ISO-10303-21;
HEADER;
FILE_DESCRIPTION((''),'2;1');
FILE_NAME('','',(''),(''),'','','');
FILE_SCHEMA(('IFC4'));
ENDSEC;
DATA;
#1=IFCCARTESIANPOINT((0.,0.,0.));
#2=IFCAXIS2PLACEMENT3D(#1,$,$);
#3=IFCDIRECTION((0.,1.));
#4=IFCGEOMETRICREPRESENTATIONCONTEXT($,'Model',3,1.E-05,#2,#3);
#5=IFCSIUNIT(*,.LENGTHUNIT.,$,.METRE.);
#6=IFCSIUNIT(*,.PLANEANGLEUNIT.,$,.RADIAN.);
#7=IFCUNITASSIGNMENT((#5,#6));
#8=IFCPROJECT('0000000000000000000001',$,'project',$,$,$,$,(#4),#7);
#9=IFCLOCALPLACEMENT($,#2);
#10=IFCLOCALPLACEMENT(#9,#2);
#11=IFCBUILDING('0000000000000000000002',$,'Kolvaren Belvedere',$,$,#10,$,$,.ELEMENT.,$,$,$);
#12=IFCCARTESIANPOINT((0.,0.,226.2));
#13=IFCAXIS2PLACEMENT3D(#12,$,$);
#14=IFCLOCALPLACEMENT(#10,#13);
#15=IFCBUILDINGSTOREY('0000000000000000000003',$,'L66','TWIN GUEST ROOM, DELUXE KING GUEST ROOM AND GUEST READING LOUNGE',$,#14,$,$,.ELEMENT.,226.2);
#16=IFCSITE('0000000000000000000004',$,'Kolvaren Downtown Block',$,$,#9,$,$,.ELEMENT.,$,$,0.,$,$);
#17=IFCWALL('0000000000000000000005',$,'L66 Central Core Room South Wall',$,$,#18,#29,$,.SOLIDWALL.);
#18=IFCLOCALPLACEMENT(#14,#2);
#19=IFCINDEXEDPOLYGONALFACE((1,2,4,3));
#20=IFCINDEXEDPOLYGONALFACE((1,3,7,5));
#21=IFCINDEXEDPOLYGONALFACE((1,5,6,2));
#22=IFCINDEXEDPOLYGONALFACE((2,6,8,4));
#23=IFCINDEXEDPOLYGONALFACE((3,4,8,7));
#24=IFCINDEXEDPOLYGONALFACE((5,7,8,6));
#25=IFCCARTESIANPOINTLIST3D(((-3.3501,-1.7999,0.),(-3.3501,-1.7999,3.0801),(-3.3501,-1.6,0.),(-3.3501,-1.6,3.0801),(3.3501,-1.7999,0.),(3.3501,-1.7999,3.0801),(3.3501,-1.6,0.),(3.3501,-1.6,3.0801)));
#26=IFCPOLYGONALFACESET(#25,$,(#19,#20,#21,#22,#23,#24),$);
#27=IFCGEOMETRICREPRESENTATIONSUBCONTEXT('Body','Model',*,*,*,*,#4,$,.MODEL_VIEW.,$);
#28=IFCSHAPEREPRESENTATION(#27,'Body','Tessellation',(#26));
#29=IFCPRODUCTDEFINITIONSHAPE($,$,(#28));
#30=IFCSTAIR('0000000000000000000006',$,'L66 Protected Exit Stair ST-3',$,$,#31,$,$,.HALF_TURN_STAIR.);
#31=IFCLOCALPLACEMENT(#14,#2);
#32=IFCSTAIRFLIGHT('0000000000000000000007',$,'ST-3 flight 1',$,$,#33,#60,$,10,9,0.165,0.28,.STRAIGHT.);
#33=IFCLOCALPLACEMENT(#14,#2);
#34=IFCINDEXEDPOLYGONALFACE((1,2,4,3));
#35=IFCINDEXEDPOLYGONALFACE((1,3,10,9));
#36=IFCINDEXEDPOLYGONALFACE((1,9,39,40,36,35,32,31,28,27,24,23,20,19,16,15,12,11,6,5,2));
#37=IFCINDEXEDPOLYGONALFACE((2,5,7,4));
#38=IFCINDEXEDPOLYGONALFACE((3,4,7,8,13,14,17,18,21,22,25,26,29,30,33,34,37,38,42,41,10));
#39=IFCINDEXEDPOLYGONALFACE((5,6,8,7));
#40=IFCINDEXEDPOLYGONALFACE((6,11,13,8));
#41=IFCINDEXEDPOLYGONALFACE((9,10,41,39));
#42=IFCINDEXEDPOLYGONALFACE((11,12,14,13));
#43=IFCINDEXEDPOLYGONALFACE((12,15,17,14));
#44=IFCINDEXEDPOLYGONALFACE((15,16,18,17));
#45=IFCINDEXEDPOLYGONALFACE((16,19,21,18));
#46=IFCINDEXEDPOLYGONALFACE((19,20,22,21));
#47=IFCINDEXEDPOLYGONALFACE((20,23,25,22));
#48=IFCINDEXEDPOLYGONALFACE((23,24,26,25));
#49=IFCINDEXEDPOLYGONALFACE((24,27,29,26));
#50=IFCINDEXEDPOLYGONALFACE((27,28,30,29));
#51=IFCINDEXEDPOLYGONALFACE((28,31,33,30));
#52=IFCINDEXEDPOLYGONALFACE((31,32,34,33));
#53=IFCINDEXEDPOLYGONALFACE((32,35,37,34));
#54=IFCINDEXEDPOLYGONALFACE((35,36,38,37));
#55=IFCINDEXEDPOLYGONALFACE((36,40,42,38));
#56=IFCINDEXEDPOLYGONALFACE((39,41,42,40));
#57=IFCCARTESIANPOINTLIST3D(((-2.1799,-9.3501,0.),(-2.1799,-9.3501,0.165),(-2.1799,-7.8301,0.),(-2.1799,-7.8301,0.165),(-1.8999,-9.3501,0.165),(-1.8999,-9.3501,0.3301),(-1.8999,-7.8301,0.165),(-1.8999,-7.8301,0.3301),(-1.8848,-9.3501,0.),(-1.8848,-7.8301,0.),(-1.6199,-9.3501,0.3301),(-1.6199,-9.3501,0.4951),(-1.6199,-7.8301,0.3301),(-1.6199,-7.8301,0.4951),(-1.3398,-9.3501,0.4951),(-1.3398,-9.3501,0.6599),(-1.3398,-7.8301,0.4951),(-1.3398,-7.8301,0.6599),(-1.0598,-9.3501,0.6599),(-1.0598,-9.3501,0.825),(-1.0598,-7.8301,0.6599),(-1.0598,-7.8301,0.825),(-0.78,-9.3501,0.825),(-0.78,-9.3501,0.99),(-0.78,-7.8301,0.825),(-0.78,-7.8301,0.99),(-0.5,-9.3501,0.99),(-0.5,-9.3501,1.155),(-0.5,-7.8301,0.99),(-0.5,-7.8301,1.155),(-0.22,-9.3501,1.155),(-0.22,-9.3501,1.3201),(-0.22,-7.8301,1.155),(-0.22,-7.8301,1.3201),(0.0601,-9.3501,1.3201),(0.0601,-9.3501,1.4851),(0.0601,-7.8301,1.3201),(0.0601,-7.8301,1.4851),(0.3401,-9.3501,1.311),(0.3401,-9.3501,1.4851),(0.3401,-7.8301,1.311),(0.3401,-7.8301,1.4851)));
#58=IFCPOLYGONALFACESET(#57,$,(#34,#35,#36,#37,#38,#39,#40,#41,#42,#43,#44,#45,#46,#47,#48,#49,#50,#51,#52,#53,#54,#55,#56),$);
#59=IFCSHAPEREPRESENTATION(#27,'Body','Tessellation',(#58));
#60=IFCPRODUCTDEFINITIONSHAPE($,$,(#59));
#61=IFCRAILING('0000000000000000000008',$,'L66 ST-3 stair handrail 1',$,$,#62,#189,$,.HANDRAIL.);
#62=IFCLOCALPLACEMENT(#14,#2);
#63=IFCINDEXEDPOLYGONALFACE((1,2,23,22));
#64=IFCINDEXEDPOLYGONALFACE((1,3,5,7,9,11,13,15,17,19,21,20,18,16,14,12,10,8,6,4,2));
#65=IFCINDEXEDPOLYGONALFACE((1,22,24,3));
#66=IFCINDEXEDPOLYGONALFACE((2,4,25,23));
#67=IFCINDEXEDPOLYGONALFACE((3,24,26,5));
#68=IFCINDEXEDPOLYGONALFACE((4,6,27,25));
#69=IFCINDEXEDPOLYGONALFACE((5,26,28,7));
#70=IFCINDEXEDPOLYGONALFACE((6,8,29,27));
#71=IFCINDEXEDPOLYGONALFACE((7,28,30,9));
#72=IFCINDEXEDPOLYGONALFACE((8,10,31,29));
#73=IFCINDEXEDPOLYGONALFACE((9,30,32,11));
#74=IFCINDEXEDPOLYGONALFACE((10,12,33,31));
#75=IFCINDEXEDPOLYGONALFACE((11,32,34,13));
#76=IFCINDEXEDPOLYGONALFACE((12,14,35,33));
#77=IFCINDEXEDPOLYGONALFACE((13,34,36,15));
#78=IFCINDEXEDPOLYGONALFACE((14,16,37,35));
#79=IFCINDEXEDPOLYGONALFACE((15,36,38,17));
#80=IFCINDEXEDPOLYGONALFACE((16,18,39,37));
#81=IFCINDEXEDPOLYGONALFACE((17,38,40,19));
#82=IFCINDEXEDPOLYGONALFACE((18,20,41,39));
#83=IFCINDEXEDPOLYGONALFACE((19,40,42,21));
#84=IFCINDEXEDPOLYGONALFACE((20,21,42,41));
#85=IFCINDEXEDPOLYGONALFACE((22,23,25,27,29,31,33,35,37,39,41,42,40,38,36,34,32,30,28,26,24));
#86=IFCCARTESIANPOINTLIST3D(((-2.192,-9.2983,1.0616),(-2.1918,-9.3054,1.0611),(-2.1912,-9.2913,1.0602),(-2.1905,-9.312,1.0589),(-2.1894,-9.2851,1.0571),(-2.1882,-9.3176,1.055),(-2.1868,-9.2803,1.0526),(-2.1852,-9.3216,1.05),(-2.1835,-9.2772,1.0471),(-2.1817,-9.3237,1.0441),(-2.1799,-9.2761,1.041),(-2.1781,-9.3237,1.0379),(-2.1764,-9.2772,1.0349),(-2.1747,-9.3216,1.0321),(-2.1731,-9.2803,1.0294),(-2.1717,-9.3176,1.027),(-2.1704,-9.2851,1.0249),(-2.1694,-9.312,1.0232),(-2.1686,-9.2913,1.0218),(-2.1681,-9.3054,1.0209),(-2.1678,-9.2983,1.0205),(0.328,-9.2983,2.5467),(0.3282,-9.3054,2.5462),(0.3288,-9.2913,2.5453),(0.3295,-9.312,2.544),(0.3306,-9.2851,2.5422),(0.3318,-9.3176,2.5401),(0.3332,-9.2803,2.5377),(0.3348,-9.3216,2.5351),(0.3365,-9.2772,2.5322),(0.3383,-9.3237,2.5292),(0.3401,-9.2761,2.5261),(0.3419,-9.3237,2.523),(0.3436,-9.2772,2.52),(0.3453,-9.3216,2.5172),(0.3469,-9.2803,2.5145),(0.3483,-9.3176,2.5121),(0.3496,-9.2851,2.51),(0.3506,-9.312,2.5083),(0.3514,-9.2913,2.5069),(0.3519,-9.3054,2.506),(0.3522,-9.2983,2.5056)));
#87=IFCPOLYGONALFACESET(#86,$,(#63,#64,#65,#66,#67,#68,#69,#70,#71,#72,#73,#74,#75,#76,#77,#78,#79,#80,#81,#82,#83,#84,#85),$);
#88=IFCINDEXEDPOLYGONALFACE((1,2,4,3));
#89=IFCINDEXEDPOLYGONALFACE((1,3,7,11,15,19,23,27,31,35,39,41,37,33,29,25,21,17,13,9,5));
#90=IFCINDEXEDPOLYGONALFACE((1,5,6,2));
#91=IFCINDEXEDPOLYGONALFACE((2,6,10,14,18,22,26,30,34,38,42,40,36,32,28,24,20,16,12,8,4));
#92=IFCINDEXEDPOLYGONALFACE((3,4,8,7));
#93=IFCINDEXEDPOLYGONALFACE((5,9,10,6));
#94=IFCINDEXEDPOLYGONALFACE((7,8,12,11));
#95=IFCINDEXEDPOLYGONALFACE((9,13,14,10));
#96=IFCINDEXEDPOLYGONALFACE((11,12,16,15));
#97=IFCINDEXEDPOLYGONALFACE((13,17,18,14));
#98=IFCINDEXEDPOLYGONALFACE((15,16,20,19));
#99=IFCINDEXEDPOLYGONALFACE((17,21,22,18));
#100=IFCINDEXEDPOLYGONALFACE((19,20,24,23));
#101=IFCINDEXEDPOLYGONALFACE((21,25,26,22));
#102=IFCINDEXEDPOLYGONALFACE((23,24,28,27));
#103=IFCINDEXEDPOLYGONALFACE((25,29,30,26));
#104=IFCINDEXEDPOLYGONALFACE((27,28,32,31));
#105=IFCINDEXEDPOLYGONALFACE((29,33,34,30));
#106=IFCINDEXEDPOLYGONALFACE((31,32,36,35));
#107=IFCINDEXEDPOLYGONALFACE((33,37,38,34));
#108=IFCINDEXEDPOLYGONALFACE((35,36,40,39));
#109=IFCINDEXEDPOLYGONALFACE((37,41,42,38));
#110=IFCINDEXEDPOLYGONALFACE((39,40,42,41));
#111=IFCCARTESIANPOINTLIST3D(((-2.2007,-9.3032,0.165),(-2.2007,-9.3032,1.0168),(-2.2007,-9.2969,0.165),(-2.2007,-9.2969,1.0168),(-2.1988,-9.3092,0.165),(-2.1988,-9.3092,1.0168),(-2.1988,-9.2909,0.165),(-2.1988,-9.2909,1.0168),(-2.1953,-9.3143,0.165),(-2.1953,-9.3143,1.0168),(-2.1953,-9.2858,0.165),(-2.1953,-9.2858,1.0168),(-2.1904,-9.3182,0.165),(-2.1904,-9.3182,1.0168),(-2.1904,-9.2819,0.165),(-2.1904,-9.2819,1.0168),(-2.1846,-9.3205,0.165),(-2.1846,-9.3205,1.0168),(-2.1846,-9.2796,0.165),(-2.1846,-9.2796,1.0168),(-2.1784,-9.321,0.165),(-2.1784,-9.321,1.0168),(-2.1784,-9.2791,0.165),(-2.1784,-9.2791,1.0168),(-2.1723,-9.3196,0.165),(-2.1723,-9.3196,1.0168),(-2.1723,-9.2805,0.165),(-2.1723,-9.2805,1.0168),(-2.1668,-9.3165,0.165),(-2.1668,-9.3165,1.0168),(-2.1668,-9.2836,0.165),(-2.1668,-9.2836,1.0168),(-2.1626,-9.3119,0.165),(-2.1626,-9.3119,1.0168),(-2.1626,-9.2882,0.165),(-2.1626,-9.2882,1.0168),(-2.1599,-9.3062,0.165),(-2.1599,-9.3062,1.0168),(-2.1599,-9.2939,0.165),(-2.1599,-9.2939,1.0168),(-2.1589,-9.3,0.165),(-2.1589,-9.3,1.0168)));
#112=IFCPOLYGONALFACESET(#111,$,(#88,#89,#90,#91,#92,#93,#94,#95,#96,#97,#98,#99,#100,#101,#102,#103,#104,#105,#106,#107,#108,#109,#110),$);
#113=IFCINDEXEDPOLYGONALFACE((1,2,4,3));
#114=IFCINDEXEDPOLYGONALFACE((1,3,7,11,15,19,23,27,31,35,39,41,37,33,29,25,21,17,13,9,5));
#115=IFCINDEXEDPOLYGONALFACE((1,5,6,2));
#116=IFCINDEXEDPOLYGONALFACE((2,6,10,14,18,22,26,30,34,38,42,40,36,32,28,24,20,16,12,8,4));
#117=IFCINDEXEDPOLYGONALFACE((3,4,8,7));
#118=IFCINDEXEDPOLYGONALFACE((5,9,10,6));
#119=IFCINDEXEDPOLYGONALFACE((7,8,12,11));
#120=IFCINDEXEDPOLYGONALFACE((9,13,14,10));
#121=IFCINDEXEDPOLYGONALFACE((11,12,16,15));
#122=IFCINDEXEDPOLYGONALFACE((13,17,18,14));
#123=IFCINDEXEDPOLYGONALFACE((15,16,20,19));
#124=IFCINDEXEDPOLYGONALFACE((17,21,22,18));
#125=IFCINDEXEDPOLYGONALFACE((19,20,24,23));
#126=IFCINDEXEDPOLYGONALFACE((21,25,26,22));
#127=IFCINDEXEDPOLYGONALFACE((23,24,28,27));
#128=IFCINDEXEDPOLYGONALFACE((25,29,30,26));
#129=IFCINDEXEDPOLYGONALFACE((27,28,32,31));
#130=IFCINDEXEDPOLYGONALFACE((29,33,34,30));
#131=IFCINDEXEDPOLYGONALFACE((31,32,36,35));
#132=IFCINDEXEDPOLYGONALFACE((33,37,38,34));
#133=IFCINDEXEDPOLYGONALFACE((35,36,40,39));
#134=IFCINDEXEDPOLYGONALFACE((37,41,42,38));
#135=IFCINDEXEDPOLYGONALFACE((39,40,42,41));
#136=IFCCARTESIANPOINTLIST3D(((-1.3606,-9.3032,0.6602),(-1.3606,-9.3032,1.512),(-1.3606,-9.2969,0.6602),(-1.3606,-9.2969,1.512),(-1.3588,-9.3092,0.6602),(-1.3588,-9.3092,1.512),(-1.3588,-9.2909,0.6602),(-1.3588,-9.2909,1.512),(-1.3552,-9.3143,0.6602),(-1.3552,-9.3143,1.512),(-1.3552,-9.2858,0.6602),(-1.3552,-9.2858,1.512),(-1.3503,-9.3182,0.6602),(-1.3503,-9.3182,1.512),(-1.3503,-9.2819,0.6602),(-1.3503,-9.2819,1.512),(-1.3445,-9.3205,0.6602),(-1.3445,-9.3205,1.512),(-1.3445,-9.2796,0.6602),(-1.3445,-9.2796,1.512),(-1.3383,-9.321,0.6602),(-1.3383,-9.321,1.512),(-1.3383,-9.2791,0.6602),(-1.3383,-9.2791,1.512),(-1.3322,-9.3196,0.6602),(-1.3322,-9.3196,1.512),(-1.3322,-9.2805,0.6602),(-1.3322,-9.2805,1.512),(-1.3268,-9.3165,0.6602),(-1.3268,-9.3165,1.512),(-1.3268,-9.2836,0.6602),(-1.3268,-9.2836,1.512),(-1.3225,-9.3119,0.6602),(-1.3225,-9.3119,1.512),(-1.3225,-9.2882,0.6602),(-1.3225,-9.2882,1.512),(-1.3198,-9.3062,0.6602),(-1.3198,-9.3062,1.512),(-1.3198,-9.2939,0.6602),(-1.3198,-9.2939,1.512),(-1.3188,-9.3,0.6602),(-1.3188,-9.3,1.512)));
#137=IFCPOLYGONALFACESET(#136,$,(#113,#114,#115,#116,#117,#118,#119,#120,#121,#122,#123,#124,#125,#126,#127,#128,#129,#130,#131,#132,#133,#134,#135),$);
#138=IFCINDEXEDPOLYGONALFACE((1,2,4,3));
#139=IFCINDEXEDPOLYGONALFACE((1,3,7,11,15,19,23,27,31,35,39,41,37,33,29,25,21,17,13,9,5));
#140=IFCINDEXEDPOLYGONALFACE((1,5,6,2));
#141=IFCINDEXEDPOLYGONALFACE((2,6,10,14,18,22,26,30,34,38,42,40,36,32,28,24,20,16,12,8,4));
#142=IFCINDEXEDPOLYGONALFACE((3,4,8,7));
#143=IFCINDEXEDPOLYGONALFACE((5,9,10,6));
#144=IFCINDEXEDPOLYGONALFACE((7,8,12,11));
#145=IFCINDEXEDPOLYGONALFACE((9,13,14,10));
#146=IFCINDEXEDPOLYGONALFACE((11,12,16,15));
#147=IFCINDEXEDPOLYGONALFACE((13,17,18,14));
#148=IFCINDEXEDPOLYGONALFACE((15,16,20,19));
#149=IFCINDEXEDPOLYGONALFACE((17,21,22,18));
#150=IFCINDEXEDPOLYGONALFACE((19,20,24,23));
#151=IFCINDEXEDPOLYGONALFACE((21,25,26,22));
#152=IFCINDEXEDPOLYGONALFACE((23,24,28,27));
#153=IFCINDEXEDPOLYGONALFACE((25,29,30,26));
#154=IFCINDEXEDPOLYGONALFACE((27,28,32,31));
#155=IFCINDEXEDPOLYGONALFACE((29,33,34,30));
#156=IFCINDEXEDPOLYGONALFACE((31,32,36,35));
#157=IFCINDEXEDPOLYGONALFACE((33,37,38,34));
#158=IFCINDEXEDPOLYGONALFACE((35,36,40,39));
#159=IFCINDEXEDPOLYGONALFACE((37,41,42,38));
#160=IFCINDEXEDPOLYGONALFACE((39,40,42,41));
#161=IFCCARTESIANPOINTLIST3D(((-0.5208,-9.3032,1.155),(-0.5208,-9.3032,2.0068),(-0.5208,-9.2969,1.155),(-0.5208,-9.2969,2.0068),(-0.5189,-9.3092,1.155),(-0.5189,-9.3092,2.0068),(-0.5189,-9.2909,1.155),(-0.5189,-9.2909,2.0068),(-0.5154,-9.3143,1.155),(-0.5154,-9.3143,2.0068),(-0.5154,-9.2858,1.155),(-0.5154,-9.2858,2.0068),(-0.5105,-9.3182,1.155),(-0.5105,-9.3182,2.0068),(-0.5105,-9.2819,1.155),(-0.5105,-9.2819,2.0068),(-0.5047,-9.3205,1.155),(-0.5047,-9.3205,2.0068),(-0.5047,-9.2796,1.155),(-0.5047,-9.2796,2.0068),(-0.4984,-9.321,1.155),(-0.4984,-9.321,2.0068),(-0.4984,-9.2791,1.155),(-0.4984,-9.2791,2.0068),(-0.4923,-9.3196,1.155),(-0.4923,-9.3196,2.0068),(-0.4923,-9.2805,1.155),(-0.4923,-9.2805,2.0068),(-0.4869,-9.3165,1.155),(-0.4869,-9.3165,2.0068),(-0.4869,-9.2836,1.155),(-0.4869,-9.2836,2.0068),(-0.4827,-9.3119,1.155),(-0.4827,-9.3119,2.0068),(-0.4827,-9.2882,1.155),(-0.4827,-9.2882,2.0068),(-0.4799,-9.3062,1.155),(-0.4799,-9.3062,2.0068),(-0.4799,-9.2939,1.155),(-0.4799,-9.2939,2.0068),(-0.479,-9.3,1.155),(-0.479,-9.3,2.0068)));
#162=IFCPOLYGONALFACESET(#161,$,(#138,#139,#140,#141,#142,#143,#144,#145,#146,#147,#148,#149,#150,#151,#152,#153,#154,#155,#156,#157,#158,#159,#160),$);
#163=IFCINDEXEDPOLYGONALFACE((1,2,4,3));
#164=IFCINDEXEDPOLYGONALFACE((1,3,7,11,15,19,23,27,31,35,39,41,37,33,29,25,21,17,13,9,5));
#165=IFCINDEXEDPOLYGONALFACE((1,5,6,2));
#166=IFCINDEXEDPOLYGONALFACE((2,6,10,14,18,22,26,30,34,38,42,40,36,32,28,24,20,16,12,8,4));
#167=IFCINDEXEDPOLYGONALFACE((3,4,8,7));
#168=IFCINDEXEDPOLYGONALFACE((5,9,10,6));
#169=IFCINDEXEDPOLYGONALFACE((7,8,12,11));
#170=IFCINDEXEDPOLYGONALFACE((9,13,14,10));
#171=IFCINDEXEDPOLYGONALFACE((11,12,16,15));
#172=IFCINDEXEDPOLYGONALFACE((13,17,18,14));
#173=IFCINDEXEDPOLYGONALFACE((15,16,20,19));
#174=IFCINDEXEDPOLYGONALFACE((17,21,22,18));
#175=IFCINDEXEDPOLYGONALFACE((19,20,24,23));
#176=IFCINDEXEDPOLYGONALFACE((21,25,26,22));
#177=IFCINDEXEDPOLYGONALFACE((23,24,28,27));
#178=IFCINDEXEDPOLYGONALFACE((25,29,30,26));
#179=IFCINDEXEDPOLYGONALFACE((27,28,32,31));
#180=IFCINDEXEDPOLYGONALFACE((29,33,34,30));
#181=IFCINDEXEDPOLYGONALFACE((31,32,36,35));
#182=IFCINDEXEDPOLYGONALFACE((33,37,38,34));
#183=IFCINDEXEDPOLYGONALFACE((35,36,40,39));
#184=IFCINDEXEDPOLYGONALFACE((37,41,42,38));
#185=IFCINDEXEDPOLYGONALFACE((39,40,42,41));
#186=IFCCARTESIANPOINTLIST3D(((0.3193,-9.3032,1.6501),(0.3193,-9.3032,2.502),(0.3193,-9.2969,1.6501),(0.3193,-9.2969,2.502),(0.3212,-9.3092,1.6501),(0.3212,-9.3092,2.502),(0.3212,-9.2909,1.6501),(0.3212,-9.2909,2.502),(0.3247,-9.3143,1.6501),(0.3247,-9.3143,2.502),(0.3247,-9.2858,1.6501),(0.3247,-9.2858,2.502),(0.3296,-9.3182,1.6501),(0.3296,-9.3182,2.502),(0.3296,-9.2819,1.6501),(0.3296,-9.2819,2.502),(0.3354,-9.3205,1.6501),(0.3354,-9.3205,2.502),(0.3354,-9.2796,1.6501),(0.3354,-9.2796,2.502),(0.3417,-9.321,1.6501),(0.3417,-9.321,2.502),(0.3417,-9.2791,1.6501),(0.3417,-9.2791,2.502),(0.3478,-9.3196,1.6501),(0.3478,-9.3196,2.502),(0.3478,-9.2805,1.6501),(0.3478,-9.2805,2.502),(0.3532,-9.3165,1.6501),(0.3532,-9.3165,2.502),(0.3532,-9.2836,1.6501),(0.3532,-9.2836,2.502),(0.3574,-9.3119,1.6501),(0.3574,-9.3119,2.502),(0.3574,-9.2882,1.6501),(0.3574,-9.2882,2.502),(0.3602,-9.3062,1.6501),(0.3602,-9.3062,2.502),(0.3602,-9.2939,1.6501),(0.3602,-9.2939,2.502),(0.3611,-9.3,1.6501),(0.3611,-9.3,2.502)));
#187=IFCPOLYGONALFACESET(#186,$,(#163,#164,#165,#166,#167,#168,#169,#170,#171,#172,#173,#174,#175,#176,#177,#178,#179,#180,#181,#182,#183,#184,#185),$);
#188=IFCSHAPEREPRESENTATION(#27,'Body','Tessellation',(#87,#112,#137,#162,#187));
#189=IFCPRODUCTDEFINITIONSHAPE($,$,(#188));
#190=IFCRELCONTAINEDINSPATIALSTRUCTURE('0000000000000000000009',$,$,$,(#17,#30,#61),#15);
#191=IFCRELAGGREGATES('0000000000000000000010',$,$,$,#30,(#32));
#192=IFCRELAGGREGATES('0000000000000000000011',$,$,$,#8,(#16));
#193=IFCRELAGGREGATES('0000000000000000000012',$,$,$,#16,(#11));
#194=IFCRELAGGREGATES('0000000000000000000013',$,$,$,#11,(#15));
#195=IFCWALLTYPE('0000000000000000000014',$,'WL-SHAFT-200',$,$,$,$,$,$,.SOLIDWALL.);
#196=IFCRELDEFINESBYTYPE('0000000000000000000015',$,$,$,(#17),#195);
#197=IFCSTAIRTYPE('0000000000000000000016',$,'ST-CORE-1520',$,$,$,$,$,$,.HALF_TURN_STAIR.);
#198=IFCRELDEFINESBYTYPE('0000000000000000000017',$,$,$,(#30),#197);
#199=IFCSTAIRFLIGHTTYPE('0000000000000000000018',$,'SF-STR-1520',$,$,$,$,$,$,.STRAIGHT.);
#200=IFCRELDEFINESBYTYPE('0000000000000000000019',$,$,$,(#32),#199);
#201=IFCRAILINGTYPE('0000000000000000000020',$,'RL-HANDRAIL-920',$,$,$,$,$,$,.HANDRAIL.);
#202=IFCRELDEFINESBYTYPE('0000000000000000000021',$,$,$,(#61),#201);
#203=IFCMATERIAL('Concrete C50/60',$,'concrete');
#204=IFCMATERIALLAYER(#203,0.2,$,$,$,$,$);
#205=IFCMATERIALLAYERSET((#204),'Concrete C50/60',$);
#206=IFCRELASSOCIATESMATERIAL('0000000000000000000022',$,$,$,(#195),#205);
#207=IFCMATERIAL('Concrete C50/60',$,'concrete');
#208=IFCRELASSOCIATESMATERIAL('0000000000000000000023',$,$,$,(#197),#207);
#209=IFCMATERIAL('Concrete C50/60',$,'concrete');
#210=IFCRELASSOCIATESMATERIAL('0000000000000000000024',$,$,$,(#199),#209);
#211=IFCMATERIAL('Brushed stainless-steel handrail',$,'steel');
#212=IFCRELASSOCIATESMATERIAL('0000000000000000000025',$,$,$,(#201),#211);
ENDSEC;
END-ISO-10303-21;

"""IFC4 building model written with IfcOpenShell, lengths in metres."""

from ifc_helpers import new_model, si_unit, direction, frame, frame_2d, origin, origin_2d, place, context, subcontext, project, spatial, polyline, rectangle, circle, outline, extrude, material, layer, layer_set, type_object, element, aggregate, save


model = new_model("IFC4")

# Units and contexts
model_context = context("Model", 3, precision=1e-05, world=origin(), true_north=direction((0.0, 1.0)))
body_context = subcontext(model_context, "Body", "Model", "MODEL_VIEW")
ifc_project = project(units=[si_unit("LENGTHUNIT", "METRE"), si_unit("PLANEANGLEUNIT", "RADIAN")], contexts=[model_context])

# Site, building, storey
site_placement = place(None, origin())
site = spatial("IfcSite", under=ifc_project, at=site_placement, Name="Kolvaren Downtown Block", CompositionType="ELEMENT", RefElevation=0.0)
building_placement = place(site_placement, origin())
building = spatial("IfcBuilding", under=site, at=building_placement, Name="Kolvaren Belvedere", CompositionType="ELEMENT")
storey_placement = place(building_placement, frame((0.0, 0.0, 226.2)))
storey = spatial("IfcBuildingStorey", under=building, at=storey_placement, Name="L66", Description="TWIN GUEST ROOM, DELUXE KING GUEST ROOM AND GUEST READING LOUNGE", CompositionType="ELEMENT", Elevation=226.2)

# Shared definitions
ifc_material_1 = material(Name="Concrete C50/60", Category="concrete")
ifc_layer_1 = layer(ifc_material_1, 0.2)
ifc_layer_set_1 = layer_set([ifc_layer_1], Name="Concrete C50/60")
wall_type_1 = type_object("IfcWallType", Name="WL-SHAFT-200", PredefinedType="SOLIDWALL", material=ifc_layer_set_1)

# Wall
wall_1_placement = place(storey_placement, frame((-3.3501, -1.7, 0.0), z_axis=(0.0, 0.0, 1.0), x_axis=(1.0, 0.0, 0.0)))
element("IfcWall", 1, at=wall_1_placement, inside=storey, type_object=wall_type_1, Name="L66 Central Core Room South Wall", PredefinedType="SOLIDWALL", context=body_context, shape_type="SweptSolid", body=[
    extrude(rectangle(XDim=6.7002, YDim=0.2, at=frame_2d((3.3501, 0.0))), origin(), (0.0, 0.0, 1.0), 3.0801),
])

# Stair, stair flight
ifc_material_2 = material(Name="Concrete C50/60", Category="concrete")
stair_type = type_object("IfcStairType", Name="ST-CORE-1520", PredefinedType="HALF_TURN_STAIR", material=ifc_material_2)
stair_placement = place(storey_placement, origin())
stair = element("IfcStair", 2, at=stair_placement, inside=storey, type_object=stair_type, Name="L66 Protected Exit Stair ST-3", PredefinedType="HALF_TURN_STAIR")
ifc_material_3 = material(Name="Concrete C50/60", Category="concrete")
stair_flight_type = type_object("IfcStairFlightType", Name="SF-STR-1520", PredefinedType="STRAIGHT", material=ifc_material_3)
stair_flight_placement = place(storey_placement, frame((-2.1799, -8.5901, 0.0), z_axis=(0.0, 0.0, 1.0), x_axis=(1.0, 0.0, 0.0)))
stair_flight = element("IfcStairFlight", 3, at=stair_flight_placement, type_object=stair_flight_type, Name="ST-3 flight 1", NumberOfRisers=10, NumberOfTreads=9, PredefinedType="STRAIGHT", RiserHeight=0.165, TreadLength=0.28, context=body_context, shape_type="SweptSolid", body=[
    extrude(outline(polyline([(0.0, 0.0), (0.0, 0.165), (0.28, 0.165), (0.28, 0.3301), (0.5601, 0.3301), (0.5601, 0.4951), (0.8401, 0.4951), (0.8401, 0.6599), (1.1201, 0.6599), (1.1201, 0.825), (1.3999, 0.825), (1.3999, 0.99), (1.6799, 0.99), (1.6799, 1.155), (1.96, 1.155), (1.96, 1.3201), (2.24, 1.3201), (2.24, 1.4851), (2.52, 1.4851), (2.52, 1.6499), (2.52, 1.311), (0.2952, 0.0), (0.0, 0.0)])), frame((0.0, 0.76, 0.0), z_axis=(0.0, -1.0, 0.0), x_axis=(1.0, 0.0, 0.0)), (0.0, 0.0, 1.0), 1.52),
])
aggregate(stair, [stair_flight])

# Railing
ifc_material_4 = material(Name="Brushed stainless-steel handrail", Category="steel")
railing_type_1 = type_object("IfcRailingType", Name="RL-HANDRAIL-920", PredefinedType="HANDRAIL", material=ifc_material_4)
railing_1_placement = place(storey_placement, frame((-2.1799, -9.3, 0.165)))
element("IfcRailing", 4, at=railing_1_placement, inside=storey, type_object=railing_type_1, Name="L66 ST-3 stair handrail 1", PredefinedType="HANDRAIL", context=body_context, shape_type="SweptSolid", body=[
    extrude(circle(Radius=0.0239, at=origin_2d()), frame((0.0, 0.0, 0.876), z_axis=(0.861524, 0.0, 0.507717), x_axis=(0.0, 1.0, 0.0)), (0.0, 0.0, 1.0), 2.925),
    extrude(circle(Radius=0.021, at=origin_2d()), origin(), (0.0, 0.0, 1.0), 0.8518),
    extrude(circle(Radius=0.021, at=origin_2d()), frame((0.8401, 0.0, 0.4951)), (0.0, 0.0, 1.0), 0.8518),
    extrude(circle(Radius=0.021, at=origin_2d()), frame((1.6799, 0.0, 0.99)), (0.0, 0.0, 1.0), 0.8518),
    extrude(circle(Radius=0.021, at=origin_2d()), frame((2.52, 0.0, 1.4851)), (0.0, 0.0, 1.0), 0.8518),
])

save(model, "model.ifc")
